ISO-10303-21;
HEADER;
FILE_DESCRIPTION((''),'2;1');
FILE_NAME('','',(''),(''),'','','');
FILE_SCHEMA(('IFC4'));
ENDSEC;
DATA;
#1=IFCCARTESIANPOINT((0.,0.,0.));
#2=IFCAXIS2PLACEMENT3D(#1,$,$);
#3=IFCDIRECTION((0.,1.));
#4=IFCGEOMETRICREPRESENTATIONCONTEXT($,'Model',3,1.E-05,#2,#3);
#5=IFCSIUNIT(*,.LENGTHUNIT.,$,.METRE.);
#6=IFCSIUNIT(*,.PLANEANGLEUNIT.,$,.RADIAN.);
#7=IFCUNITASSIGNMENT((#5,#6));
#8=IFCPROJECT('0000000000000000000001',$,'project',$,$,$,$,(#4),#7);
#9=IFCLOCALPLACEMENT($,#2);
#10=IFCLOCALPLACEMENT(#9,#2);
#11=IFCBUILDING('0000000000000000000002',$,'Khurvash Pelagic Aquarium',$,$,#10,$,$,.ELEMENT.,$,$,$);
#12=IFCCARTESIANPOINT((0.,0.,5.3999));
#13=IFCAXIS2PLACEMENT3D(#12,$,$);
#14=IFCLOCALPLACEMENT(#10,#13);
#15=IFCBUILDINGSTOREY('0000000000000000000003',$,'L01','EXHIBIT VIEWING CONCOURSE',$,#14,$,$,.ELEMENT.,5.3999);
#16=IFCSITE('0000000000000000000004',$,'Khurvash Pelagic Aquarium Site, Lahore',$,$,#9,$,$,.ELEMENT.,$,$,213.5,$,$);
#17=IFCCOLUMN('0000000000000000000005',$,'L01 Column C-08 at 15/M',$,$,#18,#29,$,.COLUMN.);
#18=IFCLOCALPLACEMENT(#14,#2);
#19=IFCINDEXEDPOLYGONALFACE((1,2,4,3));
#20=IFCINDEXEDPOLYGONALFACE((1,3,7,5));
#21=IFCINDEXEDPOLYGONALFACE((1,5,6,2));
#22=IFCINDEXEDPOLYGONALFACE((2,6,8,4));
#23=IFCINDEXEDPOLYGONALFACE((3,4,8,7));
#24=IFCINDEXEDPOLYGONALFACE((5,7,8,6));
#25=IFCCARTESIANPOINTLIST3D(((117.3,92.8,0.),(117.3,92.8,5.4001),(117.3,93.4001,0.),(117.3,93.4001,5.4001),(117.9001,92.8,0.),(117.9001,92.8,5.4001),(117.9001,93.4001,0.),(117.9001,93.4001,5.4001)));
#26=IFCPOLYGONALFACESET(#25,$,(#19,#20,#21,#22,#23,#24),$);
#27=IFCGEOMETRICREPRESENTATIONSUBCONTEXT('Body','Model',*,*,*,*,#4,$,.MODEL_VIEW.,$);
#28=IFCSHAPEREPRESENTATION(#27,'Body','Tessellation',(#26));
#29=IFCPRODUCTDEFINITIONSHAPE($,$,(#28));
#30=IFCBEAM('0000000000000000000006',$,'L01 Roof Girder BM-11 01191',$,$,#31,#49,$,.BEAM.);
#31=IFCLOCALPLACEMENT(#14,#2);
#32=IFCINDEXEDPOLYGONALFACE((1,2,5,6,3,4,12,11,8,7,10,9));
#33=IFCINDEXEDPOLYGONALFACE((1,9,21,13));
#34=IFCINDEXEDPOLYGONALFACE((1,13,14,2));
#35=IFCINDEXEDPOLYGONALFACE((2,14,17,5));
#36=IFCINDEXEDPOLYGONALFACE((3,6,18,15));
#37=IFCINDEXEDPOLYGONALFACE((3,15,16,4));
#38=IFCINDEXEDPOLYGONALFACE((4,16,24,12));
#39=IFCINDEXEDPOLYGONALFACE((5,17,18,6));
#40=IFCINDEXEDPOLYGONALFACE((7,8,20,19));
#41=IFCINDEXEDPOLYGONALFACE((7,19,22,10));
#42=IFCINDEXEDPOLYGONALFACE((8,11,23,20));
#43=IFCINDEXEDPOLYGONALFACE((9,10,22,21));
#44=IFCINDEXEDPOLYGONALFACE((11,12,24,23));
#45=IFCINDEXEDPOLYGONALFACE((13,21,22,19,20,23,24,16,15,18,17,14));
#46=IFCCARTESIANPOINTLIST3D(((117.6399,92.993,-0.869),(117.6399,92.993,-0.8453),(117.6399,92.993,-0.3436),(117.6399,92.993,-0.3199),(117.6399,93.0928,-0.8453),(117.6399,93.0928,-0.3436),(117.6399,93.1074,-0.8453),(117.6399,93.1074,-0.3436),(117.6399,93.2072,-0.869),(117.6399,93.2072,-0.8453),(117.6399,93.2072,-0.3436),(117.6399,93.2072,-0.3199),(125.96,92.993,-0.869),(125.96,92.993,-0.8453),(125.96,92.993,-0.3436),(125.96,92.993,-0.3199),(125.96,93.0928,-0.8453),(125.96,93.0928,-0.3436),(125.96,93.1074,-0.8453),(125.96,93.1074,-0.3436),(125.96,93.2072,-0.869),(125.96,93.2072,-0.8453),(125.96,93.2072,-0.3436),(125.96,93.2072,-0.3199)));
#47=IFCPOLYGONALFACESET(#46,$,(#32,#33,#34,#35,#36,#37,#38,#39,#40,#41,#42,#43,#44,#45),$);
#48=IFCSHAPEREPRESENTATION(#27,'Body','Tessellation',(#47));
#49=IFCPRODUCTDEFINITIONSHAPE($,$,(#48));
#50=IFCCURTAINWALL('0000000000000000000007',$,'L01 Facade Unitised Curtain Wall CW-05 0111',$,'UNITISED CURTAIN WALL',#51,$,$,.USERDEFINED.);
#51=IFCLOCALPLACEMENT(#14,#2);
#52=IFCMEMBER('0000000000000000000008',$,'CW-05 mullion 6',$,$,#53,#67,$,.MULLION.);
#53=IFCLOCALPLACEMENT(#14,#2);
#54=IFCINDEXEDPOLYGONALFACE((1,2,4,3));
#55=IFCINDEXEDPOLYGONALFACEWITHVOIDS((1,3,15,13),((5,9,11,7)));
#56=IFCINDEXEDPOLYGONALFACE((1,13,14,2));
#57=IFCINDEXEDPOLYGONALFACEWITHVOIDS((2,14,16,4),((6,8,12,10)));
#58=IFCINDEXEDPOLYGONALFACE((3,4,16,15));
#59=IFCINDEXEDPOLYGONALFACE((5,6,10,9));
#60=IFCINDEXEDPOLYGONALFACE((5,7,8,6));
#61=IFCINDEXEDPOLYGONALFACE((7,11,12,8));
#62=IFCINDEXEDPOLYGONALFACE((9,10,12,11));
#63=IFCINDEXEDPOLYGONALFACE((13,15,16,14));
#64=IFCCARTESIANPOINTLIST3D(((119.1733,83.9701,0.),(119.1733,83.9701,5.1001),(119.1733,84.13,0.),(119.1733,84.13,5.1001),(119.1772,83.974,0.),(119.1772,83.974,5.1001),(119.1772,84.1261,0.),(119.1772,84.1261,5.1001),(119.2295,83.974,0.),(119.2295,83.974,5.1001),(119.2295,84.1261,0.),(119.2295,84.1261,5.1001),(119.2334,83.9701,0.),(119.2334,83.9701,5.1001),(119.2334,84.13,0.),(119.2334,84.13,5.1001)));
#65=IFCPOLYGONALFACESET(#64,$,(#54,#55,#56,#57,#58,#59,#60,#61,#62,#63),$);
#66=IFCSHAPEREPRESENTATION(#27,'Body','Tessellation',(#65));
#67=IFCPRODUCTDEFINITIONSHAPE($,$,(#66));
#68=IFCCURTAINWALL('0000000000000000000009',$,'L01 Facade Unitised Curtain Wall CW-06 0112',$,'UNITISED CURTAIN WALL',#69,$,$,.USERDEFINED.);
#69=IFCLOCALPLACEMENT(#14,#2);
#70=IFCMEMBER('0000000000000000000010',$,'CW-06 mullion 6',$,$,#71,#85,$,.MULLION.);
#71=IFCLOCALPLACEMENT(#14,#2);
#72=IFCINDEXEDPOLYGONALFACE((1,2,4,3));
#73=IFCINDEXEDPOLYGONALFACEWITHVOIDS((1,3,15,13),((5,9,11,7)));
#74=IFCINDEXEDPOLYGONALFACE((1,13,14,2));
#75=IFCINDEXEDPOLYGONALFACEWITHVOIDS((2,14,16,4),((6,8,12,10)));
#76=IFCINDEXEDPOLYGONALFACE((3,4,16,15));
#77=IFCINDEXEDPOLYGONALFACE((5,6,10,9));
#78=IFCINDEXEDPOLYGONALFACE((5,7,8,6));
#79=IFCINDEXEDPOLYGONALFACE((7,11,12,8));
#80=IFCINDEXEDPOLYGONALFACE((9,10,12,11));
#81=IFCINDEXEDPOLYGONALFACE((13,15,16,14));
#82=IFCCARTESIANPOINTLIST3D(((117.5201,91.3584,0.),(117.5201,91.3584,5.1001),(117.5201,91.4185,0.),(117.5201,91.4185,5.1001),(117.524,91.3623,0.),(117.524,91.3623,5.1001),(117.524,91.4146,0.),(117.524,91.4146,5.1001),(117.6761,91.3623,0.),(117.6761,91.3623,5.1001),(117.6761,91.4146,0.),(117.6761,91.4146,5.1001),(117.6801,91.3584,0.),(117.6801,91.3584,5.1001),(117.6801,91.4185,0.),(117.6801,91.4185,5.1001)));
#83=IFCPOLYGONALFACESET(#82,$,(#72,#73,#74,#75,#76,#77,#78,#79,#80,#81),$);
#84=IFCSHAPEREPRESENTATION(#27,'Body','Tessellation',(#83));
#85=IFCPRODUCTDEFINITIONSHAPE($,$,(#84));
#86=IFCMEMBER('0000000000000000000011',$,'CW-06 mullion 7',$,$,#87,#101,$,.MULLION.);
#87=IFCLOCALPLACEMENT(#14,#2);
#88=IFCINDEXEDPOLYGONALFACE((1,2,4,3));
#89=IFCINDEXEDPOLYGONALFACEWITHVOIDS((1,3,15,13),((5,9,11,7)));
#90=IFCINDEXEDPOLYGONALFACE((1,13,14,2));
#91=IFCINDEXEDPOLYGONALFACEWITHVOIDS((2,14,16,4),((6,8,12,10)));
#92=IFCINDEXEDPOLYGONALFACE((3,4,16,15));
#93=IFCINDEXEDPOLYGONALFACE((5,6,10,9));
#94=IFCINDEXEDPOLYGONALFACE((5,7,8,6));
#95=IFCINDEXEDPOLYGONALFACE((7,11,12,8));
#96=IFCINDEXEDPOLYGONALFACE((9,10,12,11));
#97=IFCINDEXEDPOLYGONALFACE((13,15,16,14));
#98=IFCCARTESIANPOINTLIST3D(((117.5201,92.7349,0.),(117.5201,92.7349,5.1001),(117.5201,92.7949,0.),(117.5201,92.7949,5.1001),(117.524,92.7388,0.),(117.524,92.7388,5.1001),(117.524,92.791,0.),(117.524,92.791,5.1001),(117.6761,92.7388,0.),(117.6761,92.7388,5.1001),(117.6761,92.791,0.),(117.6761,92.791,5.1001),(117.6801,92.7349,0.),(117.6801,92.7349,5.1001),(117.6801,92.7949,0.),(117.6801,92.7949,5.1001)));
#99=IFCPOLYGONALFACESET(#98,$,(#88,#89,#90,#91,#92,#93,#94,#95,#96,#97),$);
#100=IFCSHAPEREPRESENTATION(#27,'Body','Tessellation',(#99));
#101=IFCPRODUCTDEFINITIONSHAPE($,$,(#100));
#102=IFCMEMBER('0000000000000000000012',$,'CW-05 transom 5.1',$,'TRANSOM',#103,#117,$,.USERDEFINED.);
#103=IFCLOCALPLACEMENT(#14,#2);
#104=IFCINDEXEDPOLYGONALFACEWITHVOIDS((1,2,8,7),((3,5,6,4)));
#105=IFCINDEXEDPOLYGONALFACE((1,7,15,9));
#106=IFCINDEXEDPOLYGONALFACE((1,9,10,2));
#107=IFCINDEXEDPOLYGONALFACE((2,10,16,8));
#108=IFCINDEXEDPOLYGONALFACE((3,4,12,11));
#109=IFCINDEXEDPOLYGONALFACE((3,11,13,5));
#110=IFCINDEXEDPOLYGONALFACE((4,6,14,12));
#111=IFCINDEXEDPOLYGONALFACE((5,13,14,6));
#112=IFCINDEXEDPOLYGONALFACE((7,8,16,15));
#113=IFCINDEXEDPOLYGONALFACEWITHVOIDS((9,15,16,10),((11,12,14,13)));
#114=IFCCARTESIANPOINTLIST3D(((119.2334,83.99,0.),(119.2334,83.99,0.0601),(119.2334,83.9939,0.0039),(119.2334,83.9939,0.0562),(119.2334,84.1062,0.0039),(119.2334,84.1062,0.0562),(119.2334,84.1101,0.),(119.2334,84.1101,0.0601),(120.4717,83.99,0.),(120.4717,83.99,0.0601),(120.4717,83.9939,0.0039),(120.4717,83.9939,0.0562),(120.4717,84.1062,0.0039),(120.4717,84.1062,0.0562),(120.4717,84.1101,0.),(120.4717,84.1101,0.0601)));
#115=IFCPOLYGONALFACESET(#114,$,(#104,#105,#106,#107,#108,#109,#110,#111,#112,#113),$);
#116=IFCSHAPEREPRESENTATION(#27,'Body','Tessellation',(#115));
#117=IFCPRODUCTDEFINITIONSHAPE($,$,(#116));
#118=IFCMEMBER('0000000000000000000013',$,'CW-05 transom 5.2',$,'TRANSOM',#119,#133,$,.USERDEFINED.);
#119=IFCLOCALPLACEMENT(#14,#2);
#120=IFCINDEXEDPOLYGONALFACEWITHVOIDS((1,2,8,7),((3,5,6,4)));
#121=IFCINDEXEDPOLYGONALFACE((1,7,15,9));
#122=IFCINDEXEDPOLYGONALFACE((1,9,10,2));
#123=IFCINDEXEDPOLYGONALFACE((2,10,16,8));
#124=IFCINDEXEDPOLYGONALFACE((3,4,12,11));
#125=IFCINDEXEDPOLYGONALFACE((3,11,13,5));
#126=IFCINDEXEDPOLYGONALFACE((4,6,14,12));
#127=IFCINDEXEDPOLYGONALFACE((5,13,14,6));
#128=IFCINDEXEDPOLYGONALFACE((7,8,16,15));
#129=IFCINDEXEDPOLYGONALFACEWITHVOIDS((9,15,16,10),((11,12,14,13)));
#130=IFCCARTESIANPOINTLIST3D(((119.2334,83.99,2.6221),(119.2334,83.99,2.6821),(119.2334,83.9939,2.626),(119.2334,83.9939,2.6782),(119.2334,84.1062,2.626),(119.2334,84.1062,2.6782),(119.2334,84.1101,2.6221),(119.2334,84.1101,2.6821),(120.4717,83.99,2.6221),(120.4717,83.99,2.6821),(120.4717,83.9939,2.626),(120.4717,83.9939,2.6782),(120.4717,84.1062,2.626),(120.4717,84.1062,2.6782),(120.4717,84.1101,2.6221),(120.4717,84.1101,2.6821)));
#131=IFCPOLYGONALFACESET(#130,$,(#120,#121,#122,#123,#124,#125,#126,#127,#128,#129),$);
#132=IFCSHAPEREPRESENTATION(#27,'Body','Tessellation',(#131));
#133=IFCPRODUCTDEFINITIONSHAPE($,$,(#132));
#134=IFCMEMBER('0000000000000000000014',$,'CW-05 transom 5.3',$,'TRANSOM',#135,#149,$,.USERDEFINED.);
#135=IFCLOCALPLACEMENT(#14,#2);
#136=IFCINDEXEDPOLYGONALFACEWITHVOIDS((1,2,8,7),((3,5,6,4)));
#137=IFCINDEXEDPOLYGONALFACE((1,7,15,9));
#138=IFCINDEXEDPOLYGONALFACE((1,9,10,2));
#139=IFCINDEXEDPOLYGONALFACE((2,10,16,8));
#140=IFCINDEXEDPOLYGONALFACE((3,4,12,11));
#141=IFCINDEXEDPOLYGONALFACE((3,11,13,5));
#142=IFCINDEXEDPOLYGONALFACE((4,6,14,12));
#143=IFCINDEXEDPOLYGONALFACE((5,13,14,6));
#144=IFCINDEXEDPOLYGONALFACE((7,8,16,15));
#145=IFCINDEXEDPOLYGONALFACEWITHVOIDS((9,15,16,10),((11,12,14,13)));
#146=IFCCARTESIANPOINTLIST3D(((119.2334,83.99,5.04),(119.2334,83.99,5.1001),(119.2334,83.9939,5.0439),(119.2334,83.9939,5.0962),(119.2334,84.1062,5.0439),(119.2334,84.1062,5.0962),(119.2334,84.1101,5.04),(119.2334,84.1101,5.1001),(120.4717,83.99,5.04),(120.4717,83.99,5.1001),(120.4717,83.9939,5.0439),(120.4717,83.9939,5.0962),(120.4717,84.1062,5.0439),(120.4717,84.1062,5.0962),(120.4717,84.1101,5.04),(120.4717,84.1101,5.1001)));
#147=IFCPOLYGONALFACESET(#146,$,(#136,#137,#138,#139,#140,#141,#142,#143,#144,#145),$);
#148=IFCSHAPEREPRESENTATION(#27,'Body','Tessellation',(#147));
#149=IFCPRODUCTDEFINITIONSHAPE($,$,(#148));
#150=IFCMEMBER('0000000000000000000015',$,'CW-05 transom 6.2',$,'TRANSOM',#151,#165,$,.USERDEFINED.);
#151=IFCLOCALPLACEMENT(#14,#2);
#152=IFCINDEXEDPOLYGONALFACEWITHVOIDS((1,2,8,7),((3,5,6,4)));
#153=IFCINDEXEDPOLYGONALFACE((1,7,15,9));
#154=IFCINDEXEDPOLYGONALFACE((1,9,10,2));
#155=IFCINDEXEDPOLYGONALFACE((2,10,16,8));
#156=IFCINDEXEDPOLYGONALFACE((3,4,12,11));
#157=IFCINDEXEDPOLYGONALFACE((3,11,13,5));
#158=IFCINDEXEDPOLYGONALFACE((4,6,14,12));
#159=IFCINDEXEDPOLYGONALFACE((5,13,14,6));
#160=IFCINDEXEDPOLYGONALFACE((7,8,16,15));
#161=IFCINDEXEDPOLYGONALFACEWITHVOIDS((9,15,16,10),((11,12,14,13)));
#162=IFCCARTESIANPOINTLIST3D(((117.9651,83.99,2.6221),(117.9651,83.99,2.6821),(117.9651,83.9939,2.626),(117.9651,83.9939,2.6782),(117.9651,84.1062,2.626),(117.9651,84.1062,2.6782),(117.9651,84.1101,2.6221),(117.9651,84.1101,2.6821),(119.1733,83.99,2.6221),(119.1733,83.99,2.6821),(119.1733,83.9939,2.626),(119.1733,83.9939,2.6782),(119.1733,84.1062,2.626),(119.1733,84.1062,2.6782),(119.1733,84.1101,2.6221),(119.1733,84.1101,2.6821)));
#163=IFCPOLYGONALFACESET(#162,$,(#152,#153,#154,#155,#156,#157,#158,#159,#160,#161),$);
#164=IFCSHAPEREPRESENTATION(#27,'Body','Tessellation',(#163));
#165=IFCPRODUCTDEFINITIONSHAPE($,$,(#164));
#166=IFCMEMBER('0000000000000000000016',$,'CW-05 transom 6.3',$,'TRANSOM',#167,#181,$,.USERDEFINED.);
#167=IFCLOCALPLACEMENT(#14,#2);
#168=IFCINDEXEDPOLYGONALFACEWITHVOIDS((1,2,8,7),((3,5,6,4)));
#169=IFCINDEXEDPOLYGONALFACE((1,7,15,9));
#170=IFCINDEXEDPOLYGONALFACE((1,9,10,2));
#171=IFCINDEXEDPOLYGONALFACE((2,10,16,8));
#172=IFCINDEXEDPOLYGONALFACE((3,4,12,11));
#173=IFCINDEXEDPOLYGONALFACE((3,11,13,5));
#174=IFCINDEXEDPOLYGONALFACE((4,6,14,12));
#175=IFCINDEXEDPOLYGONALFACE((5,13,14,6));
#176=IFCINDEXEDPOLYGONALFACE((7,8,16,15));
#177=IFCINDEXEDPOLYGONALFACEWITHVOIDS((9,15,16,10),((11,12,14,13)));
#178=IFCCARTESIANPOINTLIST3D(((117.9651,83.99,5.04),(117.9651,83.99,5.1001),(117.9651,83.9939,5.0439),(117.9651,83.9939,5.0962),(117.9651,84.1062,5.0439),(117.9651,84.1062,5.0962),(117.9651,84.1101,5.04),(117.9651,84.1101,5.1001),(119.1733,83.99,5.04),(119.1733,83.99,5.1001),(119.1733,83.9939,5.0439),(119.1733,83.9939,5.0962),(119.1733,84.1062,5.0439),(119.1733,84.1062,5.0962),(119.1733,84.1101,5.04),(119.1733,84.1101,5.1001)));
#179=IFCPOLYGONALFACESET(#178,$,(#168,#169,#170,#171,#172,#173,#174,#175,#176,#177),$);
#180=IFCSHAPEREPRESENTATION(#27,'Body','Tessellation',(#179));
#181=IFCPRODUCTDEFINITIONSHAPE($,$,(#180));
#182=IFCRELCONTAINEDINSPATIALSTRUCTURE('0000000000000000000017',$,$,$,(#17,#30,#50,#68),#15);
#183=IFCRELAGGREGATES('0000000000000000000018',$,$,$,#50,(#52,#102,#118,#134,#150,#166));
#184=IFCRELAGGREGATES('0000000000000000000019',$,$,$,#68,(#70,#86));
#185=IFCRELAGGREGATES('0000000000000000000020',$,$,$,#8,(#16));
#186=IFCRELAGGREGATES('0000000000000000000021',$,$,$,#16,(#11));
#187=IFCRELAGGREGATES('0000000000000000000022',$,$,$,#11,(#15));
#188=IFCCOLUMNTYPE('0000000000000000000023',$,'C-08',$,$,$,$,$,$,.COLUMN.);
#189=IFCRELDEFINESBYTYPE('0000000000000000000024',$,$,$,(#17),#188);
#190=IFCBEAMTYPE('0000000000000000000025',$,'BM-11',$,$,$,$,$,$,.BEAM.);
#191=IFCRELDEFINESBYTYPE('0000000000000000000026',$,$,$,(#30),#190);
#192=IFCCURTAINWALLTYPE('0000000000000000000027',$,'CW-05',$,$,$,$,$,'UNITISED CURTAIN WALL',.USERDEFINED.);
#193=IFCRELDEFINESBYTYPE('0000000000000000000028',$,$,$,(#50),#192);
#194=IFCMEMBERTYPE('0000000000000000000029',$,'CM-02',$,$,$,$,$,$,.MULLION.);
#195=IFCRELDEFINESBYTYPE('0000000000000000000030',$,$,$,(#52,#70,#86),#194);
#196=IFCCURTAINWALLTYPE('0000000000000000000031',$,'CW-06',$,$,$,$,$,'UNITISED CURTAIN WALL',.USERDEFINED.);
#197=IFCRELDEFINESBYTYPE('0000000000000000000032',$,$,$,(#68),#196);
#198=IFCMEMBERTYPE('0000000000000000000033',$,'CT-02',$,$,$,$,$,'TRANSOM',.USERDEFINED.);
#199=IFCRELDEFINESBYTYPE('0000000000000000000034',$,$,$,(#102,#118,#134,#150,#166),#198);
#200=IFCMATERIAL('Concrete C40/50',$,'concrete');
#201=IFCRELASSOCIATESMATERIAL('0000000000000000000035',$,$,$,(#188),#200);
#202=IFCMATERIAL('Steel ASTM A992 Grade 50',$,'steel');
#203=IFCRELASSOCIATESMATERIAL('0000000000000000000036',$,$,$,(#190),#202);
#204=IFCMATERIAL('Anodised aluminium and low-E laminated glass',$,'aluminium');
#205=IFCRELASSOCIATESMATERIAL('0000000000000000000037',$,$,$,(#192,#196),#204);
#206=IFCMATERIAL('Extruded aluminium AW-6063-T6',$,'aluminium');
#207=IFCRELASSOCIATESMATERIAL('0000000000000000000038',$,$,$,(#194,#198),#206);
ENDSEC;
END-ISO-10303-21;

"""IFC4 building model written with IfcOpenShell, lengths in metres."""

from ifc_helpers import new_model, si_unit, direction, frame, origin, origin_2d, place, context, subcontext, project, spatial, rectangle, hollow_rectangle, i_section, extrude, material, material_profile, profile_set, type_object, element, aggregate, save


model = new_model("IFC4")

# Units and contexts
model_context = context("Model", 3, precision=1e-05, world=origin(), true_north=direction((0.0, 1.0)))
body_context = subcontext(model_context, "Body", "Model", "MODEL_VIEW")
ifc_project = project(units=[si_unit("LENGTHUNIT", "METRE"), si_unit("PLANEANGLEUNIT", "RADIAN")], contexts=[model_context])

# Site, building, storey
site_placement = place(None, origin())
site = spatial("IfcSite", under=ifc_project, at=site_placement, Name="Khurvash Pelagic Aquarium Site, Lahore", CompositionType="ELEMENT", RefElevation=213.5)
building_placement = place(site_placement, origin())
building = spatial("IfcBuilding", under=site, at=building_placement, Name="Khurvash Pelagic Aquarium", CompositionType="ELEMENT")
storey_placement = place(building_placement, frame((0.0, 0.0, 5.3999)))
storey = spatial("IfcBuildingStorey", under=building, at=storey_placement, Name="L01", Description="EXHIBIT VIEWING CONCOURSE", CompositionType="ELEMENT", Elevation=5.3999)

# Column
ifc_material_1 = material(Name="Concrete C40/50", Category="concrete")
ifc_material_profile_1 = material_profile(ifc_material_1, rectangle(XDim=0.6001, YDim=0.6001, at=origin_2d()), Name="RC600X600")
ifc_profile_set_1 = profile_set([ifc_material_profile_1], Name="Concrete C40/50")
column_type = type_object("IfcColumnType", Name="C-08", PredefinedType="COLUMN", material=ifc_profile_set_1)
column_placement = place(storey_placement, frame((117.6001, 93.1001, 0.0), z_axis=(0.0, 0.0, 1.0), x_axis=(1.0, 0.0, 0.0)))
element("IfcColumn", 1, at=column_placement, inside=storey, type_object=column_type, Name="L01 Column C-08 at 15/M", PredefinedType="COLUMN", context=body_context, shape_type="SweptSolid", body=[
    extrude(rectangle(XDim=0.6001, YDim=0.6001, at=origin_2d()), origin(), (0.0, 0.0, 1.0), 5.4001),
])

# Beam
ifc_material_2 = material(Name="Steel ASTM A992 Grade 50", Category="steel")
ifc_material_profile_2 = material_profile(ifc_material_2, i_section(OverallWidth=0.2141, OverallDepth=0.5491, WebThickness=0.0146, FlangeThickness=0.0237, at=origin_2d()), Name="W21X93")
ifc_profile_set_2 = profile_set([ifc_material_profile_2], Name="Steel ASTM A992 Grade 50")
beam_type_1 = type_object("IfcBeamType", Name="BM-11", PredefinedType="BEAM", material=ifc_profile_set_2)
beam_1_placement = place(storey_placement, frame((117.6399, 93.1001, -0.5945), z_axis=(1.0, 0.0, 0.0), x_axis=(0.0, 1.0, 0.0)))
element("IfcBeam", 2, at=beam_1_placement, inside=storey, type_object=beam_type_1, Name="L01 Roof Girder BM-11 01191", PredefinedType="BEAM", context=body_context, shape_type="SweptSolid", body=[
    extrude(i_section(OverallWidth=0.2141, OverallDepth=0.5491, WebThickness=0.0146, FlangeThickness=0.0237, at=origin_2d()), origin(), (0.0, 0.0, 1.0), 8.3201),
])

# Curtain wall, member
ifc_material_3 = material(Name="Anodised aluminium and low-E laminated glass", Category="aluminium")
curtain_wall_type_1 = type_object("IfcCurtainWallType", Name="CW-05", ElementType="UNITISED CURTAIN WALL", PredefinedType="USERDEFINED", material=ifc_material_3)
curtain_wall_1_placement = place(storey_placement, origin())
curtain_wall_1 = element("IfcCurtainWall", 3, at=curtain_wall_1_placement, inside=storey, type_object=curtain_wall_type_1, Name="L01 Facade Unitised Curtain Wall CW-05 0111", ObjectType="UNITISED CURTAIN WALL", PredefinedType="USERDEFINED")
ifc_material_4 = material(Name="Extruded aluminium AW-6063-T6", Category="aluminium")
ifc_material_profile_3 = material_profile(ifc_material_4, hollow_rectangle(XDim=0.0601, YDim=0.1599, WallThickness=0.0039, at=origin_2d()), Name="CWM60X160X4")
ifc_profile_set_3 = profile_set([ifc_material_profile_3], Name="Extruded aluminium AW-6063-T6")
member_type_1 = type_object("IfcMemberType", Name="CM-02", PredefinedType="MULLION", material=ifc_profile_set_3)
member_1_placement = place(storey_placement, frame((119.2034, 84.05, 0.0), z_axis=(0.0, 0.0, 1.0), x_axis=(-1.0, 0.0, 0.0)))
member_1 = element("IfcMember", 4, at=member_1_placement, type_object=member_type_1, Name="CW-05 mullion 6", PredefinedType="MULLION", context=body_context, shape_type="SweptSolid", body=[
    extrude(hollow_rectangle(XDim=0.0601, YDim=0.1599, WallThickness=0.0039, at=origin_2d()), origin(), (0.0, 0.0, 1.0), 5.1001),
])

# Curtain wall, members
curtain_wall_type_2 = type_object("IfcCurtainWallType", Name="CW-06", ElementType="UNITISED CURTAIN WALL", PredefinedType="USERDEFINED", material=ifc_material_3)
curtain_wall_2_placement = place(storey_placement, origin())
curtain_wall_2 = element("IfcCurtainWall", 5, at=curtain_wall_2_placement, inside=storey, type_object=curtain_wall_type_2, Name="L01 Facade Unitised Curtain Wall CW-06 0112", ObjectType="UNITISED CURTAIN WALL", PredefinedType="USERDEFINED")
member_2_placement = place(storey_placement, frame((117.6001, 91.3884, 0.0), z_axis=(0.0, 0.0, 1.0), x_axis=(0.0, 1.0, 0.0)))
member_2 = element("IfcMember", 6, at=member_2_placement, type_object=member_type_1, Name="CW-06 mullion 6", PredefinedType="MULLION", context=body_context, shape_type="SweptSolid", body=[
    extrude(hollow_rectangle(XDim=0.0601, YDim=0.1599, WallThickness=0.0039, at=origin_2d()), origin(), (0.0, 0.0, 1.0), 5.1001),
])
member_3_placement = place(storey_placement, frame((117.6001, 92.7649, 0.0), z_axis=(0.0, 0.0, 1.0), x_axis=(0.0, 1.0, 0.0)))
member_3 = element("IfcMember", 7, at=member_3_placement, type_object=member_type_1, Name="CW-06 mullion 7", PredefinedType="MULLION", context=body_context, shape_type="SweptSolid", body=[
    extrude(hollow_rectangle(XDim=0.0601, YDim=0.1599, WallThickness=0.0039, at=origin_2d()), origin(), (0.0, 0.0, 1.0), 5.1001),
])

# Members
ifc_material_profile_4 = material_profile(ifc_material_4, hollow_rectangle(XDim=0.1201, YDim=0.0601, WallThickness=0.0039, at=origin_2d()), Name="CWT120X60X4")
ifc_profile_set_4 = profile_set([ifc_material_profile_4], Name="Extruded aluminium AW-6063-T6")
member_type_2 = type_object("IfcMemberType", Name="CT-02", ElementType="TRANSOM", PredefinedType="USERDEFINED", material=ifc_profile_set_4)
member_4_placement = place(storey_placement, frame((120.4717, 84.05, 0.03), z_axis=(-1.0, 0.0, 0.0), x_axis=(0.0, -1.0, 0.0)))
member_4 = element("IfcMember", 8, at=member_4_placement, type_object=member_type_2, Name="CW-05 transom 5.1", ObjectType="TRANSOM", PredefinedType="USERDEFINED", context=body_context, shape_type="SweptSolid", body=[
    extrude(hollow_rectangle(XDim=0.1201, YDim=0.0601, WallThickness=0.0039, at=origin_2d()), origin(), (0.0, 0.0, 1.0), 1.2383),
])
member_5_placement = place(storey_placement, frame((120.4717, 84.05, 2.6521), z_axis=(-1.0, 0.0, 0.0), x_axis=(0.0, -1.0, 0.0)))
member_5 = element("IfcMember", 9, at=member_5_placement, type_object=member_type_2, Name="CW-05 transom 5.2", ObjectType="TRANSOM", PredefinedType="USERDEFINED", context=body_context, shape_type="SweptSolid", body=[
    extrude(hollow_rectangle(XDim=0.1201, YDim=0.0601, WallThickness=0.0039, at=origin_2d()), origin(), (0.0, 0.0, 1.0), 1.2383),
])
member_6_placement = place(storey_placement, frame((120.4717, 84.05, 5.0701), z_axis=(-1.0, 0.0, 0.0), x_axis=(0.0, -1.0, 0.0)))
member_6 = element("IfcMember", 10, at=member_6_placement, type_object=member_type_2, Name="CW-05 transom 5.3", ObjectType="TRANSOM", PredefinedType="USERDEFINED", context=body_context, shape_type="SweptSolid", body=[
    extrude(hollow_rectangle(XDim=0.1201, YDim=0.0601, WallThickness=0.0039, at=origin_2d()), origin(), (0.0, 0.0, 1.0), 1.2383),
])
member_7_placement = place(storey_placement, frame((119.1733, 84.05, 2.6521), z_axis=(-1.0, 0.0, 0.0), x_axis=(0.0, -1.0, 0.0)))
member_7 = element("IfcMember", 11, at=member_7_placement, type_object=member_type_2, Name="CW-05 transom 6.2", ObjectType="TRANSOM", PredefinedType="USERDEFINED", context=body_context, shape_type="SweptSolid", body=[
    extrude(hollow_rectangle(XDim=0.1201, YDim=0.0601, WallThickness=0.0039, at=origin_2d()), origin(), (0.0, 0.0, 1.0), 1.2083),
])
member_8_placement = place(storey_placement, frame((119.1733, 84.05, 5.0701), z_axis=(-1.0, 0.0, 0.0), x_axis=(0.0, -1.0, 0.0)))
member_8 = element("IfcMember", 12, at=member_8_placement, type_object=member_type_2, Name="CW-05 transom 6.3", ObjectType="TRANSOM", PredefinedType="USERDEFINED", context=body_context, shape_type="SweptSolid", body=[
    extrude(hollow_rectangle(XDim=0.1201, YDim=0.0601, WallThickness=0.0039, at=origin_2d()), origin(), (0.0, 0.0, 1.0), 1.2083),
])

aggregate(curtain_wall_1, [member_1, member_4, member_5, member_6, member_7, member_8])
aggregate(curtain_wall_2, [member_2, member_3])

save(model, "model.ifc")
